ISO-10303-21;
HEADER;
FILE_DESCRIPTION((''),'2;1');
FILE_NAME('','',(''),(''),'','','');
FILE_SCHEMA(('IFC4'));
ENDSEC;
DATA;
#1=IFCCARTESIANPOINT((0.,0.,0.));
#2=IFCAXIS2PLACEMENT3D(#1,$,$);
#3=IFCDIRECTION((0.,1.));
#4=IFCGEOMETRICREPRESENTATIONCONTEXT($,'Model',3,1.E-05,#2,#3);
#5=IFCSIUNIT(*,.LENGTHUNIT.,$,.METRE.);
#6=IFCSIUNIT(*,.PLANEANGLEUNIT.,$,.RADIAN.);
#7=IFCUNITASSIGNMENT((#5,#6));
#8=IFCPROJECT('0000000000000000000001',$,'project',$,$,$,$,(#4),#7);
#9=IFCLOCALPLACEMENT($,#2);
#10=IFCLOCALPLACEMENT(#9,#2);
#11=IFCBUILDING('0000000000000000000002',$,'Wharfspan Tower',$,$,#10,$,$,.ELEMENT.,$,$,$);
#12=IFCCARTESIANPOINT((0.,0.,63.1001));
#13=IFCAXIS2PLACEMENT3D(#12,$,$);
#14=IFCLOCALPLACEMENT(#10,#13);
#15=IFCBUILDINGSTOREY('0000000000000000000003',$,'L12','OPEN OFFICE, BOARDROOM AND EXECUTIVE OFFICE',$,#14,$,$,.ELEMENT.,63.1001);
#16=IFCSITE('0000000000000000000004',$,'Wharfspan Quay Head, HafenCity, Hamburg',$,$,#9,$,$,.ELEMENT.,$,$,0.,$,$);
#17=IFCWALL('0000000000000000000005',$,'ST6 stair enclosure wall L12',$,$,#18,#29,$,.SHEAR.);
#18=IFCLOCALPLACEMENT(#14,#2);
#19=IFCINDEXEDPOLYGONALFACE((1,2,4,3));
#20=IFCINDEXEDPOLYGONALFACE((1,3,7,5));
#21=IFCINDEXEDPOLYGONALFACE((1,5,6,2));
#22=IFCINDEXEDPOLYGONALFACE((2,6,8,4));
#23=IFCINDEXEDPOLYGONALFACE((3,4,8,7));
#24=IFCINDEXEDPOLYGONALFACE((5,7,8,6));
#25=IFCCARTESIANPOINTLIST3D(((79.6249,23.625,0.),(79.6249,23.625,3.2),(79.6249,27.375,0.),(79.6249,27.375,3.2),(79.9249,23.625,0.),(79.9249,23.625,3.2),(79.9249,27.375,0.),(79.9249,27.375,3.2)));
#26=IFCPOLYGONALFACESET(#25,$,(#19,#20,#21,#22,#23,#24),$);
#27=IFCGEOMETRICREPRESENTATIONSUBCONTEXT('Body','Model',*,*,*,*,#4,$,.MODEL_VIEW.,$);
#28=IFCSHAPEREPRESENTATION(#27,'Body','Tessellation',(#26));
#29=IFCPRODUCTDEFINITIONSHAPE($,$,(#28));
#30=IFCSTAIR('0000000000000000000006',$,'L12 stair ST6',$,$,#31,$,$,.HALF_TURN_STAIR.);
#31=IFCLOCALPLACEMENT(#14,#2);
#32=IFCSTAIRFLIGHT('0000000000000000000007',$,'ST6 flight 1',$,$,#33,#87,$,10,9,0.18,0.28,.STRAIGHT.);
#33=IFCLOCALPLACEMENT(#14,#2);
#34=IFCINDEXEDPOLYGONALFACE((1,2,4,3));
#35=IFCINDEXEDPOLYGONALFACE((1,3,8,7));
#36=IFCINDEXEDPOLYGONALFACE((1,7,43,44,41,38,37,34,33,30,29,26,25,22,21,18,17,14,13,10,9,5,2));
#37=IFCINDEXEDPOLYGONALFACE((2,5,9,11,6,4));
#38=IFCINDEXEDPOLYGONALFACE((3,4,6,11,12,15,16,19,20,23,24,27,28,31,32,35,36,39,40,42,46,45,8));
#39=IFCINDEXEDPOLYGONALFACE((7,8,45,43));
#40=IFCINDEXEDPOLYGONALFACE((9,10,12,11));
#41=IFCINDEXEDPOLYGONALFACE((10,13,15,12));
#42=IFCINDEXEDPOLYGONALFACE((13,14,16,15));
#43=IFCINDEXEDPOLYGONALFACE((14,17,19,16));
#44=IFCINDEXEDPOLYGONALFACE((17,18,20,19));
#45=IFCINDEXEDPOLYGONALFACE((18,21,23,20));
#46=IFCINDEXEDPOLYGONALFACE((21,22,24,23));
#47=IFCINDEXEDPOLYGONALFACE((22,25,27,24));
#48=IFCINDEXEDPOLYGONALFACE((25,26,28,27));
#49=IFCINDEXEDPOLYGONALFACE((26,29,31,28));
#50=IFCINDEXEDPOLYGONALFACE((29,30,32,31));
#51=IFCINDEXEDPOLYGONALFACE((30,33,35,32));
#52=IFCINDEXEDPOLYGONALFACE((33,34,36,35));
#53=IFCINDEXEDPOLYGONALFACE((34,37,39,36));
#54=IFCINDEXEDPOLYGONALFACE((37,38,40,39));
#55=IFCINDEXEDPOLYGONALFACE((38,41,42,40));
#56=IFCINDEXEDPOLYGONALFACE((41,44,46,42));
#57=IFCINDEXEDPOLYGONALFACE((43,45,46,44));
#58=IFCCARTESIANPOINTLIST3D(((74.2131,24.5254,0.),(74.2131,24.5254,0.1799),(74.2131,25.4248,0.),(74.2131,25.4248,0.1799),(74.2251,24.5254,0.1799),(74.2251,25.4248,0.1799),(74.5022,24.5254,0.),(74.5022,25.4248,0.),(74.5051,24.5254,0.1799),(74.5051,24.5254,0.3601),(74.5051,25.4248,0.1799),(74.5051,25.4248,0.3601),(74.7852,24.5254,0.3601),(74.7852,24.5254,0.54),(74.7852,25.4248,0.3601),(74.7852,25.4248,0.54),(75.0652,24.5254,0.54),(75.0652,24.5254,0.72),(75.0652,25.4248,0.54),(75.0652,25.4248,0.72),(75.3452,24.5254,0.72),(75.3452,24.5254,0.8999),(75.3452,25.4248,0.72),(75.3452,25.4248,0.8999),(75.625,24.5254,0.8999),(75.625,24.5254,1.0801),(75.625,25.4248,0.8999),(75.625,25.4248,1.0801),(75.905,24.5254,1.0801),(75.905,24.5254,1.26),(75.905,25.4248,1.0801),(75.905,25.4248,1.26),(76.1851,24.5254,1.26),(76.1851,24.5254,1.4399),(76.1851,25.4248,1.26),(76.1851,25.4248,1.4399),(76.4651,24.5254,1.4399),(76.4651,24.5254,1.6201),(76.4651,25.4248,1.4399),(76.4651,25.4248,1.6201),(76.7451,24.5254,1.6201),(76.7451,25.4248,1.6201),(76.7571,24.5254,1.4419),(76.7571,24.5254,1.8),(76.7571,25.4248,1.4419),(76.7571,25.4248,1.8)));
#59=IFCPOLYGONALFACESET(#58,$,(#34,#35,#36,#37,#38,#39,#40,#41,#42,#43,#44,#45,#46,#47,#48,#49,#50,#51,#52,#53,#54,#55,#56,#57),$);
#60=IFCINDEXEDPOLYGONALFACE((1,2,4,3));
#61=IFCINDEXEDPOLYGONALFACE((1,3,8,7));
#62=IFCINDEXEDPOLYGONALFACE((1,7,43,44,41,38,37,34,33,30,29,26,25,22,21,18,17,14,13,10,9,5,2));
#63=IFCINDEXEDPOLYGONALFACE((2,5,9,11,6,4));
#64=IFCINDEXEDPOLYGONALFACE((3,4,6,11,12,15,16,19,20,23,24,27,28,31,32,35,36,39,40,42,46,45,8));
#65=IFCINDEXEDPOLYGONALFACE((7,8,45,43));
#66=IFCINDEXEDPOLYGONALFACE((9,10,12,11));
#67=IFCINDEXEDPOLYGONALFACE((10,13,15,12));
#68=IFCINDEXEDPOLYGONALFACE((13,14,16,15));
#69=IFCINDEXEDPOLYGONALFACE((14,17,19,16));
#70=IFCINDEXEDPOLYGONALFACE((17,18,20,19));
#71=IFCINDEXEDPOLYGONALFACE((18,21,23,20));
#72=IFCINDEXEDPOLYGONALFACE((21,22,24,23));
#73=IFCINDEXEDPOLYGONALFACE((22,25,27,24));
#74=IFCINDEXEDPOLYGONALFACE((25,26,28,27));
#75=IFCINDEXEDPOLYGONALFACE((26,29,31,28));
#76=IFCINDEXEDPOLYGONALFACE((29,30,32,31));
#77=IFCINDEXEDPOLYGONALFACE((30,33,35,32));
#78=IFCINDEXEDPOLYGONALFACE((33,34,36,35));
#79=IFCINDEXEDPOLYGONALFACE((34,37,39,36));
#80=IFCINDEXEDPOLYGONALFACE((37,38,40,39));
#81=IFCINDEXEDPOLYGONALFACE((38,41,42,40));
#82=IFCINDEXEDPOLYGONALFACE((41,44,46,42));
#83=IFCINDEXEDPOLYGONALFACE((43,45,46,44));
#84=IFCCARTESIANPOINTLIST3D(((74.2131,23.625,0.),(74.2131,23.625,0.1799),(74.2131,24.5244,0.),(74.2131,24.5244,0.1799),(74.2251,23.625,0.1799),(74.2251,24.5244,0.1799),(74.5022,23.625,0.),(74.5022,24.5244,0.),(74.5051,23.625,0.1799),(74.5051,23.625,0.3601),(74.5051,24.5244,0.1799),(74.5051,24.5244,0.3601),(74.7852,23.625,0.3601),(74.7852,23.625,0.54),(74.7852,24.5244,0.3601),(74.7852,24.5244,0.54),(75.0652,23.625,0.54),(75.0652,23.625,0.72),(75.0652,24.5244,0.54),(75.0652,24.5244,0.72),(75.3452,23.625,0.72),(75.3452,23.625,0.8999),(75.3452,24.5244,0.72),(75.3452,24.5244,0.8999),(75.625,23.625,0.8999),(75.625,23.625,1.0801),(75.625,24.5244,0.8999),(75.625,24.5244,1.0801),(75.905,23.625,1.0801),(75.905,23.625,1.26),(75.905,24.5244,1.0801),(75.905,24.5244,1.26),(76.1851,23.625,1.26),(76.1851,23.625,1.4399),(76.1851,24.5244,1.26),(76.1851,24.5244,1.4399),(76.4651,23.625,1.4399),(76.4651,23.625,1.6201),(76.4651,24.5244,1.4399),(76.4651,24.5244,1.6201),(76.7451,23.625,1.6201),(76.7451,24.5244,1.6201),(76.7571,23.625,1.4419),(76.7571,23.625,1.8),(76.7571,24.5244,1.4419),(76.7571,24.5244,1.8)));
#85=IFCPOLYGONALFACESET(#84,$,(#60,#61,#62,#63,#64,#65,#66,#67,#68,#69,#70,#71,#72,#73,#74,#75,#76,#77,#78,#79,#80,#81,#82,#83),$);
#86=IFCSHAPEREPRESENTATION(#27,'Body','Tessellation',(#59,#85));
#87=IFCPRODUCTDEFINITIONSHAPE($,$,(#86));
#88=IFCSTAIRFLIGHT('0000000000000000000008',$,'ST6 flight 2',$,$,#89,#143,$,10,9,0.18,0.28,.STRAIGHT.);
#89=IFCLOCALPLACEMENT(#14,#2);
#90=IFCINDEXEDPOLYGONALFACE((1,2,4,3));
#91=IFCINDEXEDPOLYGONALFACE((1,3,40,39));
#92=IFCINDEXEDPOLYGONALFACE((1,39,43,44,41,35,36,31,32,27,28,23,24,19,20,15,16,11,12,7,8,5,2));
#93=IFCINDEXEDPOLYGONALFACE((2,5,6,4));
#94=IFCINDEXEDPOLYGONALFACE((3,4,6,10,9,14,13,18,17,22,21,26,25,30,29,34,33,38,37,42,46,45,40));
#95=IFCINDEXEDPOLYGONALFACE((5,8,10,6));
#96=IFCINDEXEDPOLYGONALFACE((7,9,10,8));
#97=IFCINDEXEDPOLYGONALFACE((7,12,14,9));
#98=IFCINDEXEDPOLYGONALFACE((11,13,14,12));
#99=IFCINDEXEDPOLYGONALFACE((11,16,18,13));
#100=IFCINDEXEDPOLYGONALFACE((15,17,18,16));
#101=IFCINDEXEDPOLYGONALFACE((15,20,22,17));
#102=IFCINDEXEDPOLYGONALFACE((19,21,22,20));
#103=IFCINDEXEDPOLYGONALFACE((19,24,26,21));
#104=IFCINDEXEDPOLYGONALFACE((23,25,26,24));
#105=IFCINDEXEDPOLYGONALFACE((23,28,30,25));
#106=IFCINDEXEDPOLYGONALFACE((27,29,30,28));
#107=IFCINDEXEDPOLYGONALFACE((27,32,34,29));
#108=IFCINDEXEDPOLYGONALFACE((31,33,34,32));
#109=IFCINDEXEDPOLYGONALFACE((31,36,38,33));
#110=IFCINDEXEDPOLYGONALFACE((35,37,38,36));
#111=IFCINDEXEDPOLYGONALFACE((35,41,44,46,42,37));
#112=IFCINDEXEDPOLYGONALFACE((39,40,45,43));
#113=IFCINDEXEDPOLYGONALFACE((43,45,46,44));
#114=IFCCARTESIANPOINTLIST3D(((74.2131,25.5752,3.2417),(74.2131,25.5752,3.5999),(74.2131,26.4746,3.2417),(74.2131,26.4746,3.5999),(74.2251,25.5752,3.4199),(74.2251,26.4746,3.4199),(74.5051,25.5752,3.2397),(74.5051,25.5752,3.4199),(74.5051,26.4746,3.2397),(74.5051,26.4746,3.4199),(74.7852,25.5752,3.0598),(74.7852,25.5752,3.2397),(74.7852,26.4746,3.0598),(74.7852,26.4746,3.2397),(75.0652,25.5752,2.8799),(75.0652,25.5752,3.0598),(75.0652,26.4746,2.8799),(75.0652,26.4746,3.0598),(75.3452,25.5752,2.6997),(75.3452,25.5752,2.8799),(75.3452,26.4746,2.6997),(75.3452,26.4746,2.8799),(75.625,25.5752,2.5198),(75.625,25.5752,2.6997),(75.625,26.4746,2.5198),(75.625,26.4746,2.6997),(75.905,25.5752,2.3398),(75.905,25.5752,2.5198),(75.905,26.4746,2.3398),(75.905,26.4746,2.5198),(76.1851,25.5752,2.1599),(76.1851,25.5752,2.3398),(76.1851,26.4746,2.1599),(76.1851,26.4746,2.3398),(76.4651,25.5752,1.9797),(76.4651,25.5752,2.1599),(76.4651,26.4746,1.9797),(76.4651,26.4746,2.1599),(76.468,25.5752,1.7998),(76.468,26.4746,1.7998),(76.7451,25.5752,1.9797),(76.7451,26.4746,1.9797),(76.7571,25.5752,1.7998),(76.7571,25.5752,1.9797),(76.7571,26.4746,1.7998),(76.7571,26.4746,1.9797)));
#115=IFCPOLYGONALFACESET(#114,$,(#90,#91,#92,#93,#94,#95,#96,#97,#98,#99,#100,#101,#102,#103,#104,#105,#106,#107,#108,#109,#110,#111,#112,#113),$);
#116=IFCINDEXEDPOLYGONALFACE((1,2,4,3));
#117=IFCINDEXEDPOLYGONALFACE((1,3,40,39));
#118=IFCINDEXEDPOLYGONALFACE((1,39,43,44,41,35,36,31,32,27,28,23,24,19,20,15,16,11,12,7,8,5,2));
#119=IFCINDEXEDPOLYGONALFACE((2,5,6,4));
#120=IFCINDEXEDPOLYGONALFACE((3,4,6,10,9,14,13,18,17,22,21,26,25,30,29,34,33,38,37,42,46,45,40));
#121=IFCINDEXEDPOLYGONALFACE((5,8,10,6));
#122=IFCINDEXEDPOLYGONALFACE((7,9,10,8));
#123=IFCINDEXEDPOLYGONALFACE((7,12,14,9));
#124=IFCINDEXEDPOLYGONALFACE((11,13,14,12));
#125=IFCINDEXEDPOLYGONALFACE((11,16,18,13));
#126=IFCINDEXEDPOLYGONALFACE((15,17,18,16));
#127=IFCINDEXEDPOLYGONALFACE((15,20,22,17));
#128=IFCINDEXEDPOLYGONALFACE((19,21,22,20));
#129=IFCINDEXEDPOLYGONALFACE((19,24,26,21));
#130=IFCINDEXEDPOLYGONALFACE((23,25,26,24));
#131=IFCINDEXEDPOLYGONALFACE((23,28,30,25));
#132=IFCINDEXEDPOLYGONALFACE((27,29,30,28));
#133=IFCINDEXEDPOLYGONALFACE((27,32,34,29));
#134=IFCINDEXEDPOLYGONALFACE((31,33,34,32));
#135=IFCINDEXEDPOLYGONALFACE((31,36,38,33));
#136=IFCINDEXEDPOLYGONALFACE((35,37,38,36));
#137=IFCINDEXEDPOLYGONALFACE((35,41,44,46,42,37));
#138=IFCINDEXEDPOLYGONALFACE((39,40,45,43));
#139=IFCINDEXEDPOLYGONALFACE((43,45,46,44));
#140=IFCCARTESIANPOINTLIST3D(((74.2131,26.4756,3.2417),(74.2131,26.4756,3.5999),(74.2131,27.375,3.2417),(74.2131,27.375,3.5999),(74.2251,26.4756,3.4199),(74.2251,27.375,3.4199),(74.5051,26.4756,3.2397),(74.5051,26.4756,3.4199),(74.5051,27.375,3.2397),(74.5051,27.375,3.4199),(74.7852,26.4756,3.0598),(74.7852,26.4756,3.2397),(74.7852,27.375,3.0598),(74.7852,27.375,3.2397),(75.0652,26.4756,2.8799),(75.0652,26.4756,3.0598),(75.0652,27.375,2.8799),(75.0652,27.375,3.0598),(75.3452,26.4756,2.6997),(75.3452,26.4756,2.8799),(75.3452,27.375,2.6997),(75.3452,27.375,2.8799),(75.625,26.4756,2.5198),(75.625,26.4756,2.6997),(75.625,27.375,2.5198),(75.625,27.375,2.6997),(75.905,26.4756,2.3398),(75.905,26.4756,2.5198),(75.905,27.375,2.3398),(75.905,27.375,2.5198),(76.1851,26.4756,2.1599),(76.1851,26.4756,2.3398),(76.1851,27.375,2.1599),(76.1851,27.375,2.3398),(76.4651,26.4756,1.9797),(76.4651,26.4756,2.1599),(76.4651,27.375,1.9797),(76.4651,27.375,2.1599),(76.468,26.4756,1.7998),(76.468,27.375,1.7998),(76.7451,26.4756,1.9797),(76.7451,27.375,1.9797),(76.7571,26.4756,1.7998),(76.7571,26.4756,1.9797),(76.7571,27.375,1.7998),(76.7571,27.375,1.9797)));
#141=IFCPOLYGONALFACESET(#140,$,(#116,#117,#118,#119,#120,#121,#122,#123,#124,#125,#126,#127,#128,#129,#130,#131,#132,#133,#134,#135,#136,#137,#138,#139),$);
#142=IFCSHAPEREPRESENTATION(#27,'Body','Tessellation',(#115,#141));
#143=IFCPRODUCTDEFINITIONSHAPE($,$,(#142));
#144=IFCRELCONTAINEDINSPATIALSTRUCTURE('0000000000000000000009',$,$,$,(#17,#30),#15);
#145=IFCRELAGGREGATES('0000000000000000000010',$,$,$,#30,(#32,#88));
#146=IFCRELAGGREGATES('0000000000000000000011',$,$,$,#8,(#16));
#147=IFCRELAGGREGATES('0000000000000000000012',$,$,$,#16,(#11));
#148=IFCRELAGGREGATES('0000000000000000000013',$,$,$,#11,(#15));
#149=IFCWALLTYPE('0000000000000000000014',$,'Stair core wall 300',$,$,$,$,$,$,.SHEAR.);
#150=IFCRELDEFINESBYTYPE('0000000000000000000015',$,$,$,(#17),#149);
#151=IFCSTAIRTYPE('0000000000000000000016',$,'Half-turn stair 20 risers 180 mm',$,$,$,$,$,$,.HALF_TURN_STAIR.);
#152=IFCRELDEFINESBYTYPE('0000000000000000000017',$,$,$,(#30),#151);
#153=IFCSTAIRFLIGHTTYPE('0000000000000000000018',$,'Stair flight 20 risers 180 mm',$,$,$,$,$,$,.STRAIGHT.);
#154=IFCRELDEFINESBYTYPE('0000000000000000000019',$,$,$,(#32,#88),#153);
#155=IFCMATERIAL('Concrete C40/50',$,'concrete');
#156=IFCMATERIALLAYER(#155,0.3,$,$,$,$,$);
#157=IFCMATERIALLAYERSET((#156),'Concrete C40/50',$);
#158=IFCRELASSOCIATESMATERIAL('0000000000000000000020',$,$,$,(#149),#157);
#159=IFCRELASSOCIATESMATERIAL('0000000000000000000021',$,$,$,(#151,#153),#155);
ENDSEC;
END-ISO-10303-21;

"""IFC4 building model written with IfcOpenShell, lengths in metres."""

from ifc_helpers import new_model, si_unit, direction, frame, frame_2d, origin, place, context, subcontext, project, spatial, polyline, rectangle, outline, extrude, material, layer, layer_set, type_object, element, aggregate, save


model = new_model("IFC4")

# Units and contexts
model_context = context("Model", 3, precision=1e-05, world=origin(), true_north=direction((0.0, 1.0)))
body_context = subcontext(model_context, "Body", "Model", "MODEL_VIEW")
ifc_project = project(units=[si_unit("LENGTHUNIT", "METRE"), si_unit("PLANEANGLEUNIT", "RADIAN")], contexts=[model_context])

# Site, building, storey
site_placement = place(None, origin())
site = spatial("IfcSite", under=ifc_project, at=site_placement, Name="Wharfspan Quay Head, HafenCity, Hamburg", CompositionType="ELEMENT", RefElevation=0.0)
building_placement = place(site_placement, origin())
building = spatial("IfcBuilding", under=site, at=building_placement, Name="Wharfspan Tower", CompositionType="ELEMENT")
storey_placement = place(building_placement, frame((0.0, 0.0, 63.1001)))
storey = spatial("IfcBuildingStorey", under=building, at=storey_placement, Name="L12", Description="OPEN OFFICE, BOARDROOM AND EXECUTIVE OFFICE", CompositionType="ELEMENT", Elevation=63.1001)

# Shared definitions
ifc_material_1 = material(Name="Concrete C40/50", Category="concrete")
ifc_layer_1 = layer(ifc_material_1, 0.3)
ifc_layer_set_1 = layer_set([ifc_layer_1], Name="Concrete C40/50")
wall_type_1 = type_object("IfcWallType", Name="Stair core wall 300", PredefinedType="SHEAR", material=ifc_layer_set_1)

# Wall
wall_1_placement = place(storey_placement, frame((79.7749, 23.625, 0.0), z_axis=(0.0, 0.0, 1.0), x_axis=(0.0, 1.0, 0.0)))
element("IfcWall", 1, at=wall_1_placement, inside=storey, type_object=wall_type_1, Name="ST6 stair enclosure wall L12", PredefinedType="SHEAR", context=body_context, shape_type="SweptSolid", body=[
    extrude(rectangle(XDim=3.75, YDim=0.3, at=frame_2d((1.875, 0.0))), origin(), (0.0, 0.0, 1.0), 3.2),
])

# Stair, stair flights
stair_type = type_object("IfcStairType", Name="Half-turn stair 20 risers 180 mm", PredefinedType="HALF_TURN_STAIR", material=ifc_material_1)
stair_placement = place(storey_placement, origin())
stair = element("IfcStair", 2, at=stair_placement, inside=storey, type_object=stair_type, Name="L12 stair ST6", PredefinedType="HALF_TURN_STAIR")
stair_flight_type = type_object("IfcStairFlightType", Name="Stair flight 20 risers 180 mm", PredefinedType="STRAIGHT", material=ifc_material_1)
stair_flight_1_placement = place(storey_placement, frame((74.2251, 24.5249, 0.0), z_axis=(0.0, 0.0, 1.0), x_axis=(1.0, 0.0, 0.0)))
stair_flight_1 = element("IfcStairFlight", 3, at=stair_flight_1_placement, type_object=stair_flight_type, Name="ST6 flight 1", NumberOfRisers=10, NumberOfTreads=9, PredefinedType="STRAIGHT", RiserHeight=0.18, TreadLength=0.28, context=body_context, shape_type="SweptSolid", body=[
    extrude(outline(polyline([(-0.012, 0.0), (-0.012, 0.1799), (0.0, 0.1799), (0.28, 0.1799), (0.28, 0.3601), (0.5601, 0.3601), (0.5601, 0.54), (0.8401, 0.54), (0.8401, 0.72), (1.1201, 0.72), (1.1201, 0.8999), (1.3999, 0.8999), (1.3999, 1.0801), (1.6799, 1.0801), (1.6799, 1.26), (1.96, 1.26), (1.96, 1.4399), (2.24, 1.4399), (2.24, 1.6201), (2.52, 1.6201), (2.532, 1.8), (2.532, 1.4419), (0.2771, 0.0), (-0.012, 0.0)])), frame((0.0, 0.8999, 0.0), z_axis=(0.0, -1.0, 0.0), x_axis=(1.0, 0.0, 0.0)), (0.0, 0.0, 1.0), 0.8994),
    extrude(outline(polyline([(-0.012, 0.0), (-0.012, 0.1799), (0.0, 0.1799), (0.28, 0.1799), (0.28, 0.3601), (0.5601, 0.3601), (0.5601, 0.54), (0.8401, 0.54), (0.8401, 0.72), (1.1201, 0.72), (1.1201, 0.8999), (1.3999, 0.8999), (1.3999, 1.0801), (1.6799, 1.0801), (1.6799, 1.26), (1.96, 1.26), (1.96, 1.4399), (2.24, 1.4399), (2.24, 1.6201), (2.52, 1.6201), (2.532, 1.8), (2.532, 1.4419), (0.2771, 0.0), (-0.012, 0.0)])), frame((0.0, -0.0005, 0.0), z_axis=(0.0, -1.0, 0.0), x_axis=(1.0, 0.0, 0.0)), (0.0, 0.0, 1.0), 0.8994),
])
stair_flight_2_placement = place(storey_placement, frame((76.7451, 26.4751, 1.7998), z_axis=(0.0, 0.0, 1.0), x_axis=(-1.0, 0.0, 0.0)))
stair_flight_2 = element("IfcStairFlight", 4, at=stair_flight_2_placement, type_object=stair_flight_type, Name="ST6 flight 2", NumberOfRisers=10, NumberOfTreads=9, PredefinedType="STRAIGHT", RiserHeight=0.18, TreadLength=0.28, context=body_context, shape_type="SweptSolid", body=[
    extrude(outline(polyline([(-0.012, 0.0), (-0.012, 0.1799), (0.0, 0.1799), (0.28, 0.1799), (0.28, 0.3601), (0.5601, 0.3601), (0.5601, 0.54), (0.8401, 0.54), (0.8401, 0.72), (1.1201, 0.72), (1.1201, 0.8999), (1.3999, 0.8999), (1.3999, 1.0801), (1.6799, 1.0801), (1.6799, 1.26), (1.96, 1.26), (1.96, 1.4399), (2.24, 1.4399), (2.24, 1.6201), (2.52, 1.6201), (2.532, 1.8), (2.532, 1.4419), (0.2771, 0.0), (-0.012, 0.0)])), frame((0.0, 0.8999, 0.0), z_axis=(0.0, -1.0, 0.0), x_axis=(1.0, 0.0, 0.0)), (0.0, 0.0, 1.0), 0.8994),
    extrude(outline(polyline([(-0.012, 0.0), (-0.012, 0.1799), (0.0, 0.1799), (0.28, 0.1799), (0.28, 0.3601), (0.5601, 0.3601), (0.5601, 0.54), (0.8401, 0.54), (0.8401, 0.72), (1.1201, 0.72), (1.1201, 0.8999), (1.3999, 0.8999), (1.3999, 1.0801), (1.6799, 1.0801), (1.6799, 1.26), (1.96, 1.26), (1.96, 1.4399), (2.24, 1.4399), (2.24, 1.6201), (2.52, 1.6201), (2.532, 1.8), (2.532, 1.4419), (0.2771, 0.0), (-0.012, 0.0)])), frame((0.0, -0.0005, 0.0), z_axis=(0.0, -1.0, 0.0), x_axis=(1.0, 0.0, 0.0)), (0.0, 0.0, 1.0), 0.8994),
])
aggregate(stair, [stair_flight_1, stair_flight_2])

save(model, "model.ifc")
